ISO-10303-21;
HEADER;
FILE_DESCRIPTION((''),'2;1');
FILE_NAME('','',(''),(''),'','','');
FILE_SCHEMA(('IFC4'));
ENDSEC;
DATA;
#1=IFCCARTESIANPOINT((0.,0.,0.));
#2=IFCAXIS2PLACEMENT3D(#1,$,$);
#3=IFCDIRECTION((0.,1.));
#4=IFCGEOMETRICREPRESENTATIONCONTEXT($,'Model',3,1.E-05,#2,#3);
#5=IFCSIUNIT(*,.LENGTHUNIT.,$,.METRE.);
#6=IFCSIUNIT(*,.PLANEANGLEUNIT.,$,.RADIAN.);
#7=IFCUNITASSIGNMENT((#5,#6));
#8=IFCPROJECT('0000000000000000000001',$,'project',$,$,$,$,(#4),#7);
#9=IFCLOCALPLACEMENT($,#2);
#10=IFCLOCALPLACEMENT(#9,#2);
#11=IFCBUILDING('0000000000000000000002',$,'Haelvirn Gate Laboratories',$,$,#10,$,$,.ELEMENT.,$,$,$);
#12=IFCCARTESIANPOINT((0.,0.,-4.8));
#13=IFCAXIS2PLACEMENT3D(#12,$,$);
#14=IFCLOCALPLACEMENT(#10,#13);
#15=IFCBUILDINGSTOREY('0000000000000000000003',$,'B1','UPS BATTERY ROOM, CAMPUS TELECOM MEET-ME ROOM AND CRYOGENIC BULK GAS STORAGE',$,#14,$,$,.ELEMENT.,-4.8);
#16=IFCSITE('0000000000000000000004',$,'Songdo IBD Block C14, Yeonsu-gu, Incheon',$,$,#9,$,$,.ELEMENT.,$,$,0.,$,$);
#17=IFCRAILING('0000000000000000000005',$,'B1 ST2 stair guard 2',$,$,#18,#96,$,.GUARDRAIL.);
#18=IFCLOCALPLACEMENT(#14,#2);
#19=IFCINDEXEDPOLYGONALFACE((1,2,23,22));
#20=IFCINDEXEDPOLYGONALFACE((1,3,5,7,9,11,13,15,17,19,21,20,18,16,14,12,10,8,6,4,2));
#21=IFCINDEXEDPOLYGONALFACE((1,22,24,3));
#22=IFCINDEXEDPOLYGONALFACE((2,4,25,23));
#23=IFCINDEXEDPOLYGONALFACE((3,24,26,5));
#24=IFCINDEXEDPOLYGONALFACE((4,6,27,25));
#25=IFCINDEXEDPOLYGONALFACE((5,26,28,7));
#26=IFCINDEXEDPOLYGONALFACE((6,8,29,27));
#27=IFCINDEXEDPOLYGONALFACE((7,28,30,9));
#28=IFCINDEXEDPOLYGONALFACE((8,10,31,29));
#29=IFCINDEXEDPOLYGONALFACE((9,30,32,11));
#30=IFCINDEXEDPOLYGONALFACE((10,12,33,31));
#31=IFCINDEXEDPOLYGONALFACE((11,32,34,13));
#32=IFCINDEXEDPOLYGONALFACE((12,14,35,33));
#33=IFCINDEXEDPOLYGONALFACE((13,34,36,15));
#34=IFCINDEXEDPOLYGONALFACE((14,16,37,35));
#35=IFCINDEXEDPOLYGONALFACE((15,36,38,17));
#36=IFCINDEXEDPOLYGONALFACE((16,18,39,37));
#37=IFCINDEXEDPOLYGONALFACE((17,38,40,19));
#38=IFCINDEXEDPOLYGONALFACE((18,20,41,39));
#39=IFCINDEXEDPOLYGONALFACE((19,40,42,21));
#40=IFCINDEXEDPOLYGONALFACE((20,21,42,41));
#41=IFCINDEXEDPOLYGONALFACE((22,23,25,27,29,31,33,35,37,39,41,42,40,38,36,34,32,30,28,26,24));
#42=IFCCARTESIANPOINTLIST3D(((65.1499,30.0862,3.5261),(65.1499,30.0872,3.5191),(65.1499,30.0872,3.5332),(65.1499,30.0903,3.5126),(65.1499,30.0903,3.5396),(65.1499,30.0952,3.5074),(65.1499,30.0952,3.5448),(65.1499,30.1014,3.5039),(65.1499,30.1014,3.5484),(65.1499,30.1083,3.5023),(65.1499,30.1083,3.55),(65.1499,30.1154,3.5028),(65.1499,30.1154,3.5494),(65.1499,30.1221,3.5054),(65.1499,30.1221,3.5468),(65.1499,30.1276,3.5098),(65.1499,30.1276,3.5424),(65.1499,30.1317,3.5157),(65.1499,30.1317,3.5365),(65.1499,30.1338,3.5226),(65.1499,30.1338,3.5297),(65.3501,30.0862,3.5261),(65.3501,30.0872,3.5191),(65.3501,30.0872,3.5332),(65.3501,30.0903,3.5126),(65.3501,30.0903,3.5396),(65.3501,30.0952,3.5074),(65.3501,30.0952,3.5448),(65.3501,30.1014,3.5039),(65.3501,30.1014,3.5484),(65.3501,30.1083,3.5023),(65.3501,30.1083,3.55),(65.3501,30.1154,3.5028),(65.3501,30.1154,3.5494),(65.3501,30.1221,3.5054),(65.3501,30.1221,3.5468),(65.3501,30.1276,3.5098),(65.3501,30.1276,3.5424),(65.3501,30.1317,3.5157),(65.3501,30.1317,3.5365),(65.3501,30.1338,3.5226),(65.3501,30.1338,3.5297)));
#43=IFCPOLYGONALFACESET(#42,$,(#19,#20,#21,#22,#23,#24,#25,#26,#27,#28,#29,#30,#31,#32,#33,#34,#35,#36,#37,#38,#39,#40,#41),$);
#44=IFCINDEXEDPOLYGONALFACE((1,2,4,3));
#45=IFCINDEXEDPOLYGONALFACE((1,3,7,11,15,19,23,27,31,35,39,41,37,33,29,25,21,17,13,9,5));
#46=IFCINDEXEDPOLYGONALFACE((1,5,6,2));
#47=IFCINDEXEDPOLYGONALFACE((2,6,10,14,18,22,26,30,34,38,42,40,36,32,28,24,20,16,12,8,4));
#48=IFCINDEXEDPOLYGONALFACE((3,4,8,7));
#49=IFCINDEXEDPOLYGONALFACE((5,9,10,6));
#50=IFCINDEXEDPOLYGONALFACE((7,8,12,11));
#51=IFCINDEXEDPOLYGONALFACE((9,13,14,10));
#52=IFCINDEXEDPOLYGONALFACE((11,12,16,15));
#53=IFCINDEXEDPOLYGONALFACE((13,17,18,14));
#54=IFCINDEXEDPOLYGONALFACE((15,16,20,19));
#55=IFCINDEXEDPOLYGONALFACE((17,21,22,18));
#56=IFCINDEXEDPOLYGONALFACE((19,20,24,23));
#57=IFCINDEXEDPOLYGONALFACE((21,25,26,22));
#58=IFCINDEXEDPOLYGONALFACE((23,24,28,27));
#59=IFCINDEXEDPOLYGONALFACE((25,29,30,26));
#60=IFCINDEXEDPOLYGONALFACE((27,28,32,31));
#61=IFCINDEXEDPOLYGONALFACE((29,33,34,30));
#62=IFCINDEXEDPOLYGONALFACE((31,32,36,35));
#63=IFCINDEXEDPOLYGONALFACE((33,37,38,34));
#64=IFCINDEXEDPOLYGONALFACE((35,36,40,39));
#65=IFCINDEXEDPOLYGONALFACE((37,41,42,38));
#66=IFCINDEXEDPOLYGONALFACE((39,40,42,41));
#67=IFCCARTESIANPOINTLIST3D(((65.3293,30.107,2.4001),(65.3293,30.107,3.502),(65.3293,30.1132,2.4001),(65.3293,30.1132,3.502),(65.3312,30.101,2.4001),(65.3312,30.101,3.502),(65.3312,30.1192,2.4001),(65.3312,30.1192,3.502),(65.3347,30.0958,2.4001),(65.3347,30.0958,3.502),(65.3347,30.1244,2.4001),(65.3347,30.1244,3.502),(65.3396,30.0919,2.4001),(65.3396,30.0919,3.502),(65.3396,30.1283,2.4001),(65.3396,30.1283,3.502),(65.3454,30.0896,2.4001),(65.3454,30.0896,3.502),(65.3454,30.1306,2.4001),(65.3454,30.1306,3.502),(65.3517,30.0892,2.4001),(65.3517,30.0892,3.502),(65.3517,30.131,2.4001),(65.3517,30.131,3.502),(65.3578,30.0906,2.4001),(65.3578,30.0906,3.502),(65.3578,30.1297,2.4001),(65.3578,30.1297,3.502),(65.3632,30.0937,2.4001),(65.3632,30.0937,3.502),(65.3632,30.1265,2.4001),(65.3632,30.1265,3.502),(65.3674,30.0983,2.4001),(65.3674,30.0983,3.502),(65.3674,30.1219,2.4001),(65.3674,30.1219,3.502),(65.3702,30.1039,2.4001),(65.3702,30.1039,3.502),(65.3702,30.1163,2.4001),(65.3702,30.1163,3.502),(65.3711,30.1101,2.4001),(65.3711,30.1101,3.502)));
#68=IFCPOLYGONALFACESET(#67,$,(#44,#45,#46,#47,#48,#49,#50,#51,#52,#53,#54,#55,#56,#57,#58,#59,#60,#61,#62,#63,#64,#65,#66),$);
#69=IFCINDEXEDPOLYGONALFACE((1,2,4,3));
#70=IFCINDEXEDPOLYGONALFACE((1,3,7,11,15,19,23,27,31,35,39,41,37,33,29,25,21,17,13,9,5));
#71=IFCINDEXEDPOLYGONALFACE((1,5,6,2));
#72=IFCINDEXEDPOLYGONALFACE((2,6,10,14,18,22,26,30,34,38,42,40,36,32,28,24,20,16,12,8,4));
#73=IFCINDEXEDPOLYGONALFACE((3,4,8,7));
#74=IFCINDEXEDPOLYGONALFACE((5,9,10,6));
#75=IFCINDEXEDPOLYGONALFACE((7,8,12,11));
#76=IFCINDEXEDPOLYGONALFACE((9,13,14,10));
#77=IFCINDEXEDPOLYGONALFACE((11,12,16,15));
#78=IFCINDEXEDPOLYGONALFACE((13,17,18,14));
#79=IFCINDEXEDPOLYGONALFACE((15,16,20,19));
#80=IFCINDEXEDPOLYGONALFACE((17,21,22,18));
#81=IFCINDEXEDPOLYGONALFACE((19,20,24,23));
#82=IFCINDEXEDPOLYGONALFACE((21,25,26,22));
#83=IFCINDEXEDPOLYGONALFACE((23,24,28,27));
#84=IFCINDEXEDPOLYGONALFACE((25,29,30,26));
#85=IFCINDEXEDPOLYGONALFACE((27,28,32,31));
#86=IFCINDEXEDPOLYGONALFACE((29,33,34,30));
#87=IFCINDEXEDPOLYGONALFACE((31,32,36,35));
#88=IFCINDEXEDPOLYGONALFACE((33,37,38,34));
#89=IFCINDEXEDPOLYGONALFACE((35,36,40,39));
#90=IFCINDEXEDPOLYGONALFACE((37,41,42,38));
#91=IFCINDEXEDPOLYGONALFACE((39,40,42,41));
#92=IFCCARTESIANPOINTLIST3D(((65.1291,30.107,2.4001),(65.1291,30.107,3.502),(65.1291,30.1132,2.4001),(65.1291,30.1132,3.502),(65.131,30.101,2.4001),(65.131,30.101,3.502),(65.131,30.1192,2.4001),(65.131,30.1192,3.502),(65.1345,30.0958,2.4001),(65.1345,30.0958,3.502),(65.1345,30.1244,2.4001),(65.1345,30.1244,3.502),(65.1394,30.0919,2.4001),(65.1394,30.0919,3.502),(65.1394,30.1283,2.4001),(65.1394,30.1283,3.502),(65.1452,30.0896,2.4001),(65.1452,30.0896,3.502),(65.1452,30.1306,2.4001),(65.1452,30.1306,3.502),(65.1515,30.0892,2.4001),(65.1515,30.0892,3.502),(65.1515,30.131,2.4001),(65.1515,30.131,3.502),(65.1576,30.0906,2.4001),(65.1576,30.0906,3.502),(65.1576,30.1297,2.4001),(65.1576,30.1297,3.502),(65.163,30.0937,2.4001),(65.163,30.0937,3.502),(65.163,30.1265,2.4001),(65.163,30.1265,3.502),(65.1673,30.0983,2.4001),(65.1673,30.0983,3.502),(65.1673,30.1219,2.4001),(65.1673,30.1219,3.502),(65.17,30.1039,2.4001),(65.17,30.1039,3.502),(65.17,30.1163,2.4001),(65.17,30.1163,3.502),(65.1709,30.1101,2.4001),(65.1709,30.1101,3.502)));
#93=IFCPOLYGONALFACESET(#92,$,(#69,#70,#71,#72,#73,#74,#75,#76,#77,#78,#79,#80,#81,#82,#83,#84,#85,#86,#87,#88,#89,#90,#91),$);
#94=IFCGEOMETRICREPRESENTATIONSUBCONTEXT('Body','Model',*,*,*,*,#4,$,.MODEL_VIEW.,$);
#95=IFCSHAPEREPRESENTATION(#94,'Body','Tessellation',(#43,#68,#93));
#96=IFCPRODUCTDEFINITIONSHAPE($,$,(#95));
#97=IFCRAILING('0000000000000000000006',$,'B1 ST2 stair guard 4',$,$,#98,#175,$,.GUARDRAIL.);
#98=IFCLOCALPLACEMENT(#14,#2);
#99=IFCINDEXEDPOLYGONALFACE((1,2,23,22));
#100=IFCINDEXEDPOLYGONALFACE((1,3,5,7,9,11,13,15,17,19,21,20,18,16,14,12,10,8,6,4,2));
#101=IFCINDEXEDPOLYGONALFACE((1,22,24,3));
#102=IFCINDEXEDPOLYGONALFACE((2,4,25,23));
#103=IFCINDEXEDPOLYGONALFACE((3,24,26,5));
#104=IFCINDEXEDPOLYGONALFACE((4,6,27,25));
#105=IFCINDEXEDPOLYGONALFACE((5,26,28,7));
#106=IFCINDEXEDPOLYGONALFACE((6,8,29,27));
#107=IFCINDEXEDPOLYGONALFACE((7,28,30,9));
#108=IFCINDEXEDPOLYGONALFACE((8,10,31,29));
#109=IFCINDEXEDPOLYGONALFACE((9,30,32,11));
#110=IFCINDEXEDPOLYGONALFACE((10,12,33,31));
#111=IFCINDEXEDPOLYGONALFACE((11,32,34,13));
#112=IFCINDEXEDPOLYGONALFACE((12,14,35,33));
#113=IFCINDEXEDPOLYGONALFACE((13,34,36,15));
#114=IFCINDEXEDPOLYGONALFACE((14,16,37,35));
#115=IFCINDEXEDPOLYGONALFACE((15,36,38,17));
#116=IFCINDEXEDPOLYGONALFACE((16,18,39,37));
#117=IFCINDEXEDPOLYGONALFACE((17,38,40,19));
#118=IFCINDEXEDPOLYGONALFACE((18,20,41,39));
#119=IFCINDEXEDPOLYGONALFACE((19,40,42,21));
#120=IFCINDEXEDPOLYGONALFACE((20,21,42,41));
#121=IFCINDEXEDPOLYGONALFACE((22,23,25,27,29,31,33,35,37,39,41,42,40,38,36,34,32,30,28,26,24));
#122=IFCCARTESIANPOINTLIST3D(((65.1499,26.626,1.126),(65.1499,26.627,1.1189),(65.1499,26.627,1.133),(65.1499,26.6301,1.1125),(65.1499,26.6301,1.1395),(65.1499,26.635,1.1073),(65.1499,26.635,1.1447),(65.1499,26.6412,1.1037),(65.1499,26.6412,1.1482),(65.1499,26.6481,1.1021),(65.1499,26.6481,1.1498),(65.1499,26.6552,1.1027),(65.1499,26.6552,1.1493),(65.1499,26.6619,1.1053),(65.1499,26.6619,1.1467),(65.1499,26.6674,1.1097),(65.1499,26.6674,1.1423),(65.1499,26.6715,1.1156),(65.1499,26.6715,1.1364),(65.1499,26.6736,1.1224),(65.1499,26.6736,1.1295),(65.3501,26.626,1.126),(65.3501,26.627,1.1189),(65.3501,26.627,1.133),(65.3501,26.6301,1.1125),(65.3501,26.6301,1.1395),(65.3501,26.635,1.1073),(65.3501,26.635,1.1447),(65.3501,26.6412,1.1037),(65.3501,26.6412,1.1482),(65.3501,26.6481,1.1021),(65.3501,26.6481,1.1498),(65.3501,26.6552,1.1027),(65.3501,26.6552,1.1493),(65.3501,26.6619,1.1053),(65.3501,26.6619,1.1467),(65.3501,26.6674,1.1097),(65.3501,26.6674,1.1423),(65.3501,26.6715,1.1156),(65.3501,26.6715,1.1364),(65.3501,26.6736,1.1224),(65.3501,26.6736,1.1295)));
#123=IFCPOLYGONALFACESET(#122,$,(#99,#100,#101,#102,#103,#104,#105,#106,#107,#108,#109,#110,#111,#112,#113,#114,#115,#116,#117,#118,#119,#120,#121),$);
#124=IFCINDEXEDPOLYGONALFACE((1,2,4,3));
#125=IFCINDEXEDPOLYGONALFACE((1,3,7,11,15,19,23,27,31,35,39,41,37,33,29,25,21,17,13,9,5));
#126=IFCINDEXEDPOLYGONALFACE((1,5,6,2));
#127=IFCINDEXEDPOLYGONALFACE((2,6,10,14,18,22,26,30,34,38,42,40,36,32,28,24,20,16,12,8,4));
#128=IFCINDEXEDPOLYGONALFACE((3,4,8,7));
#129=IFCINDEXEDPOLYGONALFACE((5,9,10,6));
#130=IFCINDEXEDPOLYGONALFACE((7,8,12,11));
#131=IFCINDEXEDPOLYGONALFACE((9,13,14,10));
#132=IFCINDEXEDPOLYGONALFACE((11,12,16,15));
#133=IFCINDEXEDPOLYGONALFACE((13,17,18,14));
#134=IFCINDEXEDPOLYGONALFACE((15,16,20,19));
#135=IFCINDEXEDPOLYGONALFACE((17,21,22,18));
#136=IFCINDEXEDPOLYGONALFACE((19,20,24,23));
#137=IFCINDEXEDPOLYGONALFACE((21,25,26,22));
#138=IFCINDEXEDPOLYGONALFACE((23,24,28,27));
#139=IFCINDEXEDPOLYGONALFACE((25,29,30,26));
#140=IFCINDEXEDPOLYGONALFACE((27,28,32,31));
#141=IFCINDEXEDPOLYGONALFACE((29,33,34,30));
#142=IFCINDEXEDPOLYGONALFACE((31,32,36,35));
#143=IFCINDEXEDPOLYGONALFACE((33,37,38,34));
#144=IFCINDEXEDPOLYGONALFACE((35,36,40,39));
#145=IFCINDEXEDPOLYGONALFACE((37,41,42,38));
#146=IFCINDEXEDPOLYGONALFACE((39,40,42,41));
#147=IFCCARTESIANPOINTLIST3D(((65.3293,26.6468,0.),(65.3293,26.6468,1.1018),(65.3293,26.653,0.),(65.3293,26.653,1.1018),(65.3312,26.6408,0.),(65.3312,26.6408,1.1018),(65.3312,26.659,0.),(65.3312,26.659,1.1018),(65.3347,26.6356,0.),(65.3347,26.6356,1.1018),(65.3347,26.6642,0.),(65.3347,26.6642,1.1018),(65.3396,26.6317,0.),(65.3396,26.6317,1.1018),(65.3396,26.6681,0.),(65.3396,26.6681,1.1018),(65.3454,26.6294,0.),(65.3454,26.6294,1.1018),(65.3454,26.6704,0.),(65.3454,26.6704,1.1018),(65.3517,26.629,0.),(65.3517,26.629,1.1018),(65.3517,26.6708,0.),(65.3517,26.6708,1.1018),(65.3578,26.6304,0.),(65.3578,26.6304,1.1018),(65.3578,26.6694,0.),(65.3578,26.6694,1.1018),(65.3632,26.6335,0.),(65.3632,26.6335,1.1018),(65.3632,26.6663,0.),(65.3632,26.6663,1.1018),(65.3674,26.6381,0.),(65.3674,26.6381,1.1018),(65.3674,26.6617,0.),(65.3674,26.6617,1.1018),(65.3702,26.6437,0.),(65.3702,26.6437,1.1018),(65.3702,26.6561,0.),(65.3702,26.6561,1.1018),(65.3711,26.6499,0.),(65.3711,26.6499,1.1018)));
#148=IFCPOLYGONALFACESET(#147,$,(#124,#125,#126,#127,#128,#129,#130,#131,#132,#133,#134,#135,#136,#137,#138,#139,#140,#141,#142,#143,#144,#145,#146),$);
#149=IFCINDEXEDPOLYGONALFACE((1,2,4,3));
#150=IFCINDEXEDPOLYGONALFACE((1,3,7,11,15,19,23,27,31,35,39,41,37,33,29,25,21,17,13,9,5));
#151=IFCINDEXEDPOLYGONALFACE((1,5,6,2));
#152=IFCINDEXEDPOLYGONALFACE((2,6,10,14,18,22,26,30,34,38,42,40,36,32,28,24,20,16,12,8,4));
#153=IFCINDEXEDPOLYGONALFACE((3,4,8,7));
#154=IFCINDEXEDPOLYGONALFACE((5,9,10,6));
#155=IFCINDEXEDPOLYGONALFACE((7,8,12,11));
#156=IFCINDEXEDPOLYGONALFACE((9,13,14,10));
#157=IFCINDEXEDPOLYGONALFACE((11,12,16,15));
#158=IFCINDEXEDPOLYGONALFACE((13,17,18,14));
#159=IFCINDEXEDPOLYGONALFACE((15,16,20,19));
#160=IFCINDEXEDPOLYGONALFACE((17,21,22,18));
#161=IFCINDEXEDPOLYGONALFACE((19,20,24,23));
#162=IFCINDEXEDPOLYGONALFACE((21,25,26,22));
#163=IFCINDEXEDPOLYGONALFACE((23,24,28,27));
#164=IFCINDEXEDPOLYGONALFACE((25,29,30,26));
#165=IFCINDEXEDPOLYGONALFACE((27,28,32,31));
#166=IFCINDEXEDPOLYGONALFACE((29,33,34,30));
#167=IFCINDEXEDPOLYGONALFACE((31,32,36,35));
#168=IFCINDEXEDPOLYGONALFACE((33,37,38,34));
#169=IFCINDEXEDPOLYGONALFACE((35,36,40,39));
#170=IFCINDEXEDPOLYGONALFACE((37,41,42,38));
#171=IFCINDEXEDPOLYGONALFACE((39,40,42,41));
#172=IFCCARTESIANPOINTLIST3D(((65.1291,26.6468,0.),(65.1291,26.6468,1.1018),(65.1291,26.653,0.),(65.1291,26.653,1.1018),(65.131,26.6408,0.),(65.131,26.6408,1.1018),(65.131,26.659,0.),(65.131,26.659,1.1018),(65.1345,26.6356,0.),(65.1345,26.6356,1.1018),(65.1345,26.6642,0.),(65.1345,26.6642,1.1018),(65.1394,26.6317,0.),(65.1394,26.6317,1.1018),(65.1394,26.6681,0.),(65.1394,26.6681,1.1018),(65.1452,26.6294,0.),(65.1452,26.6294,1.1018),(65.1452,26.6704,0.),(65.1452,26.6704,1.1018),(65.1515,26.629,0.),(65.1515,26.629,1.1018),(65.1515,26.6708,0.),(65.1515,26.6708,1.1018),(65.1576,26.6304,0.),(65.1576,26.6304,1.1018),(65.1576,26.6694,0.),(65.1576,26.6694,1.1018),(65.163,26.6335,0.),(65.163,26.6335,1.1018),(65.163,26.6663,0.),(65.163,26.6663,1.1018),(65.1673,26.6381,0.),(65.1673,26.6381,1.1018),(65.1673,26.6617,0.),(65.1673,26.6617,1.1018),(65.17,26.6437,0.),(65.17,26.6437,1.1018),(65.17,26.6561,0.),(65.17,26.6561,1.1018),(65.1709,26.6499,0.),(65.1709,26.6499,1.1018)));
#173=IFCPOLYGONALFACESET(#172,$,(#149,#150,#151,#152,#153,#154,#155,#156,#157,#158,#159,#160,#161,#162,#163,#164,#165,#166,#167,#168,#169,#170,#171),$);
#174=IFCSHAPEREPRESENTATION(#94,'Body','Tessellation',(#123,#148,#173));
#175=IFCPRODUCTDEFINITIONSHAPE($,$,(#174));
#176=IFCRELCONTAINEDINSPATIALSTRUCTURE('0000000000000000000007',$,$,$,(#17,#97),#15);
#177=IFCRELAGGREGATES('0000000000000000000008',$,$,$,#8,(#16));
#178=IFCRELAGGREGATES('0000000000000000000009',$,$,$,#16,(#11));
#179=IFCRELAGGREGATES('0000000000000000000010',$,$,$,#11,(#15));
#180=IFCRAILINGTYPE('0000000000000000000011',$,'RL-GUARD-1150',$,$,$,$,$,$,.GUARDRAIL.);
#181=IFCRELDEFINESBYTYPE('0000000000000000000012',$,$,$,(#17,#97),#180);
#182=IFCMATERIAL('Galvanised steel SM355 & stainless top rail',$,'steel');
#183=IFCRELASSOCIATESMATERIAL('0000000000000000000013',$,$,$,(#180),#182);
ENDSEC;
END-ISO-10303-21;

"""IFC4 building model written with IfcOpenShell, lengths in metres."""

from ifc_helpers import new_model, si_unit, direction, frame, origin, origin_2d, place, context, subcontext, project, spatial, circle, extrude, source, transform, mapped, material, type_object, element, save


model = new_model("IFC4")

# Units and contexts
model_context = context("Model", 3, precision=1e-05, world=origin(), true_north=direction((0.0, 1.0)))
body_context = subcontext(model_context, "Body", "Model", "MODEL_VIEW")
ifc_project = project(units=[si_unit("LENGTHUNIT", "METRE"), si_unit("PLANEANGLEUNIT", "RADIAN")], contexts=[model_context])

# Site, building, storey
site_placement = place(None, origin())
site = spatial("IfcSite", under=ifc_project, at=site_placement, Name="Songdo IBD Block C14, Yeonsu-gu, Incheon", CompositionType="ELEMENT", RefElevation=0.0)
building_placement = place(site_placement, origin())
building = spatial("IfcBuilding", under=site, at=building_placement, Name="Haelvirn Gate Laboratories", CompositionType="ELEMENT")
storey_placement = place(building_placement, frame((0.0, 0.0, -4.8)))
storey = spatial("IfcBuildingStorey", under=building, at=storey_placement, Name="B1", Description="UPS BATTERY ROOM, CAMPUS TELECOM MEET-ME ROOM AND CRYOGENIC BULK GAS STORAGE", CompositionType="ELEMENT", Elevation=-4.8)

# Railings
ifc_material_1 = material(Name="Galvanised steel SM355 & stainless top rail", Category="steel")
railing_type_1 = type_object("IfcRailingType", Name="RL-GUARD-1150", PredefinedType="GUARDRAIL", material=ifc_material_1)
shared_shape_1 = source(origin(), body_context, "Body", "SweptSolid", [
    extrude(circle(Radius=0.0239, at=origin_2d()), frame((0.0, 0.0, 1.126), z_axis=(-1.0, 0.0, 0.0), x_axis=(0.0, -1.0, 0.0)), (0.0, 0.0, 1.0), 0.2002),
    extrude(circle(Radius=0.021, at=origin_2d()), origin(), (0.0, 0.0, 1.0), 1.1018),
    extrude(circle(Radius=0.021, at=origin_2d()), frame((-0.2002, 0.0, 0.0)), (0.0, 0.0, 1.0), 1.1018),
])
for number, where, name in (
    (1, (65.3501, 30.1101, 2.4001), "B1 ST2 stair guard 2"),
    (2, (65.3501, 26.6499, 0.0), "B1 ST2 stair guard 4"),
):
    element("IfcRailing", number, at=place(storey_placement, frame(where)), inside=storey, type_object=railing_type_1, Name=name, PredefinedType="GUARDRAIL", context=body_context, shape_type="MappedRepresentation", body=[
        mapped(shared_shape_1, transform((0.0, 0.0, 0.0), scale=1.0)),
    ])

save(model, "model.ifc")
